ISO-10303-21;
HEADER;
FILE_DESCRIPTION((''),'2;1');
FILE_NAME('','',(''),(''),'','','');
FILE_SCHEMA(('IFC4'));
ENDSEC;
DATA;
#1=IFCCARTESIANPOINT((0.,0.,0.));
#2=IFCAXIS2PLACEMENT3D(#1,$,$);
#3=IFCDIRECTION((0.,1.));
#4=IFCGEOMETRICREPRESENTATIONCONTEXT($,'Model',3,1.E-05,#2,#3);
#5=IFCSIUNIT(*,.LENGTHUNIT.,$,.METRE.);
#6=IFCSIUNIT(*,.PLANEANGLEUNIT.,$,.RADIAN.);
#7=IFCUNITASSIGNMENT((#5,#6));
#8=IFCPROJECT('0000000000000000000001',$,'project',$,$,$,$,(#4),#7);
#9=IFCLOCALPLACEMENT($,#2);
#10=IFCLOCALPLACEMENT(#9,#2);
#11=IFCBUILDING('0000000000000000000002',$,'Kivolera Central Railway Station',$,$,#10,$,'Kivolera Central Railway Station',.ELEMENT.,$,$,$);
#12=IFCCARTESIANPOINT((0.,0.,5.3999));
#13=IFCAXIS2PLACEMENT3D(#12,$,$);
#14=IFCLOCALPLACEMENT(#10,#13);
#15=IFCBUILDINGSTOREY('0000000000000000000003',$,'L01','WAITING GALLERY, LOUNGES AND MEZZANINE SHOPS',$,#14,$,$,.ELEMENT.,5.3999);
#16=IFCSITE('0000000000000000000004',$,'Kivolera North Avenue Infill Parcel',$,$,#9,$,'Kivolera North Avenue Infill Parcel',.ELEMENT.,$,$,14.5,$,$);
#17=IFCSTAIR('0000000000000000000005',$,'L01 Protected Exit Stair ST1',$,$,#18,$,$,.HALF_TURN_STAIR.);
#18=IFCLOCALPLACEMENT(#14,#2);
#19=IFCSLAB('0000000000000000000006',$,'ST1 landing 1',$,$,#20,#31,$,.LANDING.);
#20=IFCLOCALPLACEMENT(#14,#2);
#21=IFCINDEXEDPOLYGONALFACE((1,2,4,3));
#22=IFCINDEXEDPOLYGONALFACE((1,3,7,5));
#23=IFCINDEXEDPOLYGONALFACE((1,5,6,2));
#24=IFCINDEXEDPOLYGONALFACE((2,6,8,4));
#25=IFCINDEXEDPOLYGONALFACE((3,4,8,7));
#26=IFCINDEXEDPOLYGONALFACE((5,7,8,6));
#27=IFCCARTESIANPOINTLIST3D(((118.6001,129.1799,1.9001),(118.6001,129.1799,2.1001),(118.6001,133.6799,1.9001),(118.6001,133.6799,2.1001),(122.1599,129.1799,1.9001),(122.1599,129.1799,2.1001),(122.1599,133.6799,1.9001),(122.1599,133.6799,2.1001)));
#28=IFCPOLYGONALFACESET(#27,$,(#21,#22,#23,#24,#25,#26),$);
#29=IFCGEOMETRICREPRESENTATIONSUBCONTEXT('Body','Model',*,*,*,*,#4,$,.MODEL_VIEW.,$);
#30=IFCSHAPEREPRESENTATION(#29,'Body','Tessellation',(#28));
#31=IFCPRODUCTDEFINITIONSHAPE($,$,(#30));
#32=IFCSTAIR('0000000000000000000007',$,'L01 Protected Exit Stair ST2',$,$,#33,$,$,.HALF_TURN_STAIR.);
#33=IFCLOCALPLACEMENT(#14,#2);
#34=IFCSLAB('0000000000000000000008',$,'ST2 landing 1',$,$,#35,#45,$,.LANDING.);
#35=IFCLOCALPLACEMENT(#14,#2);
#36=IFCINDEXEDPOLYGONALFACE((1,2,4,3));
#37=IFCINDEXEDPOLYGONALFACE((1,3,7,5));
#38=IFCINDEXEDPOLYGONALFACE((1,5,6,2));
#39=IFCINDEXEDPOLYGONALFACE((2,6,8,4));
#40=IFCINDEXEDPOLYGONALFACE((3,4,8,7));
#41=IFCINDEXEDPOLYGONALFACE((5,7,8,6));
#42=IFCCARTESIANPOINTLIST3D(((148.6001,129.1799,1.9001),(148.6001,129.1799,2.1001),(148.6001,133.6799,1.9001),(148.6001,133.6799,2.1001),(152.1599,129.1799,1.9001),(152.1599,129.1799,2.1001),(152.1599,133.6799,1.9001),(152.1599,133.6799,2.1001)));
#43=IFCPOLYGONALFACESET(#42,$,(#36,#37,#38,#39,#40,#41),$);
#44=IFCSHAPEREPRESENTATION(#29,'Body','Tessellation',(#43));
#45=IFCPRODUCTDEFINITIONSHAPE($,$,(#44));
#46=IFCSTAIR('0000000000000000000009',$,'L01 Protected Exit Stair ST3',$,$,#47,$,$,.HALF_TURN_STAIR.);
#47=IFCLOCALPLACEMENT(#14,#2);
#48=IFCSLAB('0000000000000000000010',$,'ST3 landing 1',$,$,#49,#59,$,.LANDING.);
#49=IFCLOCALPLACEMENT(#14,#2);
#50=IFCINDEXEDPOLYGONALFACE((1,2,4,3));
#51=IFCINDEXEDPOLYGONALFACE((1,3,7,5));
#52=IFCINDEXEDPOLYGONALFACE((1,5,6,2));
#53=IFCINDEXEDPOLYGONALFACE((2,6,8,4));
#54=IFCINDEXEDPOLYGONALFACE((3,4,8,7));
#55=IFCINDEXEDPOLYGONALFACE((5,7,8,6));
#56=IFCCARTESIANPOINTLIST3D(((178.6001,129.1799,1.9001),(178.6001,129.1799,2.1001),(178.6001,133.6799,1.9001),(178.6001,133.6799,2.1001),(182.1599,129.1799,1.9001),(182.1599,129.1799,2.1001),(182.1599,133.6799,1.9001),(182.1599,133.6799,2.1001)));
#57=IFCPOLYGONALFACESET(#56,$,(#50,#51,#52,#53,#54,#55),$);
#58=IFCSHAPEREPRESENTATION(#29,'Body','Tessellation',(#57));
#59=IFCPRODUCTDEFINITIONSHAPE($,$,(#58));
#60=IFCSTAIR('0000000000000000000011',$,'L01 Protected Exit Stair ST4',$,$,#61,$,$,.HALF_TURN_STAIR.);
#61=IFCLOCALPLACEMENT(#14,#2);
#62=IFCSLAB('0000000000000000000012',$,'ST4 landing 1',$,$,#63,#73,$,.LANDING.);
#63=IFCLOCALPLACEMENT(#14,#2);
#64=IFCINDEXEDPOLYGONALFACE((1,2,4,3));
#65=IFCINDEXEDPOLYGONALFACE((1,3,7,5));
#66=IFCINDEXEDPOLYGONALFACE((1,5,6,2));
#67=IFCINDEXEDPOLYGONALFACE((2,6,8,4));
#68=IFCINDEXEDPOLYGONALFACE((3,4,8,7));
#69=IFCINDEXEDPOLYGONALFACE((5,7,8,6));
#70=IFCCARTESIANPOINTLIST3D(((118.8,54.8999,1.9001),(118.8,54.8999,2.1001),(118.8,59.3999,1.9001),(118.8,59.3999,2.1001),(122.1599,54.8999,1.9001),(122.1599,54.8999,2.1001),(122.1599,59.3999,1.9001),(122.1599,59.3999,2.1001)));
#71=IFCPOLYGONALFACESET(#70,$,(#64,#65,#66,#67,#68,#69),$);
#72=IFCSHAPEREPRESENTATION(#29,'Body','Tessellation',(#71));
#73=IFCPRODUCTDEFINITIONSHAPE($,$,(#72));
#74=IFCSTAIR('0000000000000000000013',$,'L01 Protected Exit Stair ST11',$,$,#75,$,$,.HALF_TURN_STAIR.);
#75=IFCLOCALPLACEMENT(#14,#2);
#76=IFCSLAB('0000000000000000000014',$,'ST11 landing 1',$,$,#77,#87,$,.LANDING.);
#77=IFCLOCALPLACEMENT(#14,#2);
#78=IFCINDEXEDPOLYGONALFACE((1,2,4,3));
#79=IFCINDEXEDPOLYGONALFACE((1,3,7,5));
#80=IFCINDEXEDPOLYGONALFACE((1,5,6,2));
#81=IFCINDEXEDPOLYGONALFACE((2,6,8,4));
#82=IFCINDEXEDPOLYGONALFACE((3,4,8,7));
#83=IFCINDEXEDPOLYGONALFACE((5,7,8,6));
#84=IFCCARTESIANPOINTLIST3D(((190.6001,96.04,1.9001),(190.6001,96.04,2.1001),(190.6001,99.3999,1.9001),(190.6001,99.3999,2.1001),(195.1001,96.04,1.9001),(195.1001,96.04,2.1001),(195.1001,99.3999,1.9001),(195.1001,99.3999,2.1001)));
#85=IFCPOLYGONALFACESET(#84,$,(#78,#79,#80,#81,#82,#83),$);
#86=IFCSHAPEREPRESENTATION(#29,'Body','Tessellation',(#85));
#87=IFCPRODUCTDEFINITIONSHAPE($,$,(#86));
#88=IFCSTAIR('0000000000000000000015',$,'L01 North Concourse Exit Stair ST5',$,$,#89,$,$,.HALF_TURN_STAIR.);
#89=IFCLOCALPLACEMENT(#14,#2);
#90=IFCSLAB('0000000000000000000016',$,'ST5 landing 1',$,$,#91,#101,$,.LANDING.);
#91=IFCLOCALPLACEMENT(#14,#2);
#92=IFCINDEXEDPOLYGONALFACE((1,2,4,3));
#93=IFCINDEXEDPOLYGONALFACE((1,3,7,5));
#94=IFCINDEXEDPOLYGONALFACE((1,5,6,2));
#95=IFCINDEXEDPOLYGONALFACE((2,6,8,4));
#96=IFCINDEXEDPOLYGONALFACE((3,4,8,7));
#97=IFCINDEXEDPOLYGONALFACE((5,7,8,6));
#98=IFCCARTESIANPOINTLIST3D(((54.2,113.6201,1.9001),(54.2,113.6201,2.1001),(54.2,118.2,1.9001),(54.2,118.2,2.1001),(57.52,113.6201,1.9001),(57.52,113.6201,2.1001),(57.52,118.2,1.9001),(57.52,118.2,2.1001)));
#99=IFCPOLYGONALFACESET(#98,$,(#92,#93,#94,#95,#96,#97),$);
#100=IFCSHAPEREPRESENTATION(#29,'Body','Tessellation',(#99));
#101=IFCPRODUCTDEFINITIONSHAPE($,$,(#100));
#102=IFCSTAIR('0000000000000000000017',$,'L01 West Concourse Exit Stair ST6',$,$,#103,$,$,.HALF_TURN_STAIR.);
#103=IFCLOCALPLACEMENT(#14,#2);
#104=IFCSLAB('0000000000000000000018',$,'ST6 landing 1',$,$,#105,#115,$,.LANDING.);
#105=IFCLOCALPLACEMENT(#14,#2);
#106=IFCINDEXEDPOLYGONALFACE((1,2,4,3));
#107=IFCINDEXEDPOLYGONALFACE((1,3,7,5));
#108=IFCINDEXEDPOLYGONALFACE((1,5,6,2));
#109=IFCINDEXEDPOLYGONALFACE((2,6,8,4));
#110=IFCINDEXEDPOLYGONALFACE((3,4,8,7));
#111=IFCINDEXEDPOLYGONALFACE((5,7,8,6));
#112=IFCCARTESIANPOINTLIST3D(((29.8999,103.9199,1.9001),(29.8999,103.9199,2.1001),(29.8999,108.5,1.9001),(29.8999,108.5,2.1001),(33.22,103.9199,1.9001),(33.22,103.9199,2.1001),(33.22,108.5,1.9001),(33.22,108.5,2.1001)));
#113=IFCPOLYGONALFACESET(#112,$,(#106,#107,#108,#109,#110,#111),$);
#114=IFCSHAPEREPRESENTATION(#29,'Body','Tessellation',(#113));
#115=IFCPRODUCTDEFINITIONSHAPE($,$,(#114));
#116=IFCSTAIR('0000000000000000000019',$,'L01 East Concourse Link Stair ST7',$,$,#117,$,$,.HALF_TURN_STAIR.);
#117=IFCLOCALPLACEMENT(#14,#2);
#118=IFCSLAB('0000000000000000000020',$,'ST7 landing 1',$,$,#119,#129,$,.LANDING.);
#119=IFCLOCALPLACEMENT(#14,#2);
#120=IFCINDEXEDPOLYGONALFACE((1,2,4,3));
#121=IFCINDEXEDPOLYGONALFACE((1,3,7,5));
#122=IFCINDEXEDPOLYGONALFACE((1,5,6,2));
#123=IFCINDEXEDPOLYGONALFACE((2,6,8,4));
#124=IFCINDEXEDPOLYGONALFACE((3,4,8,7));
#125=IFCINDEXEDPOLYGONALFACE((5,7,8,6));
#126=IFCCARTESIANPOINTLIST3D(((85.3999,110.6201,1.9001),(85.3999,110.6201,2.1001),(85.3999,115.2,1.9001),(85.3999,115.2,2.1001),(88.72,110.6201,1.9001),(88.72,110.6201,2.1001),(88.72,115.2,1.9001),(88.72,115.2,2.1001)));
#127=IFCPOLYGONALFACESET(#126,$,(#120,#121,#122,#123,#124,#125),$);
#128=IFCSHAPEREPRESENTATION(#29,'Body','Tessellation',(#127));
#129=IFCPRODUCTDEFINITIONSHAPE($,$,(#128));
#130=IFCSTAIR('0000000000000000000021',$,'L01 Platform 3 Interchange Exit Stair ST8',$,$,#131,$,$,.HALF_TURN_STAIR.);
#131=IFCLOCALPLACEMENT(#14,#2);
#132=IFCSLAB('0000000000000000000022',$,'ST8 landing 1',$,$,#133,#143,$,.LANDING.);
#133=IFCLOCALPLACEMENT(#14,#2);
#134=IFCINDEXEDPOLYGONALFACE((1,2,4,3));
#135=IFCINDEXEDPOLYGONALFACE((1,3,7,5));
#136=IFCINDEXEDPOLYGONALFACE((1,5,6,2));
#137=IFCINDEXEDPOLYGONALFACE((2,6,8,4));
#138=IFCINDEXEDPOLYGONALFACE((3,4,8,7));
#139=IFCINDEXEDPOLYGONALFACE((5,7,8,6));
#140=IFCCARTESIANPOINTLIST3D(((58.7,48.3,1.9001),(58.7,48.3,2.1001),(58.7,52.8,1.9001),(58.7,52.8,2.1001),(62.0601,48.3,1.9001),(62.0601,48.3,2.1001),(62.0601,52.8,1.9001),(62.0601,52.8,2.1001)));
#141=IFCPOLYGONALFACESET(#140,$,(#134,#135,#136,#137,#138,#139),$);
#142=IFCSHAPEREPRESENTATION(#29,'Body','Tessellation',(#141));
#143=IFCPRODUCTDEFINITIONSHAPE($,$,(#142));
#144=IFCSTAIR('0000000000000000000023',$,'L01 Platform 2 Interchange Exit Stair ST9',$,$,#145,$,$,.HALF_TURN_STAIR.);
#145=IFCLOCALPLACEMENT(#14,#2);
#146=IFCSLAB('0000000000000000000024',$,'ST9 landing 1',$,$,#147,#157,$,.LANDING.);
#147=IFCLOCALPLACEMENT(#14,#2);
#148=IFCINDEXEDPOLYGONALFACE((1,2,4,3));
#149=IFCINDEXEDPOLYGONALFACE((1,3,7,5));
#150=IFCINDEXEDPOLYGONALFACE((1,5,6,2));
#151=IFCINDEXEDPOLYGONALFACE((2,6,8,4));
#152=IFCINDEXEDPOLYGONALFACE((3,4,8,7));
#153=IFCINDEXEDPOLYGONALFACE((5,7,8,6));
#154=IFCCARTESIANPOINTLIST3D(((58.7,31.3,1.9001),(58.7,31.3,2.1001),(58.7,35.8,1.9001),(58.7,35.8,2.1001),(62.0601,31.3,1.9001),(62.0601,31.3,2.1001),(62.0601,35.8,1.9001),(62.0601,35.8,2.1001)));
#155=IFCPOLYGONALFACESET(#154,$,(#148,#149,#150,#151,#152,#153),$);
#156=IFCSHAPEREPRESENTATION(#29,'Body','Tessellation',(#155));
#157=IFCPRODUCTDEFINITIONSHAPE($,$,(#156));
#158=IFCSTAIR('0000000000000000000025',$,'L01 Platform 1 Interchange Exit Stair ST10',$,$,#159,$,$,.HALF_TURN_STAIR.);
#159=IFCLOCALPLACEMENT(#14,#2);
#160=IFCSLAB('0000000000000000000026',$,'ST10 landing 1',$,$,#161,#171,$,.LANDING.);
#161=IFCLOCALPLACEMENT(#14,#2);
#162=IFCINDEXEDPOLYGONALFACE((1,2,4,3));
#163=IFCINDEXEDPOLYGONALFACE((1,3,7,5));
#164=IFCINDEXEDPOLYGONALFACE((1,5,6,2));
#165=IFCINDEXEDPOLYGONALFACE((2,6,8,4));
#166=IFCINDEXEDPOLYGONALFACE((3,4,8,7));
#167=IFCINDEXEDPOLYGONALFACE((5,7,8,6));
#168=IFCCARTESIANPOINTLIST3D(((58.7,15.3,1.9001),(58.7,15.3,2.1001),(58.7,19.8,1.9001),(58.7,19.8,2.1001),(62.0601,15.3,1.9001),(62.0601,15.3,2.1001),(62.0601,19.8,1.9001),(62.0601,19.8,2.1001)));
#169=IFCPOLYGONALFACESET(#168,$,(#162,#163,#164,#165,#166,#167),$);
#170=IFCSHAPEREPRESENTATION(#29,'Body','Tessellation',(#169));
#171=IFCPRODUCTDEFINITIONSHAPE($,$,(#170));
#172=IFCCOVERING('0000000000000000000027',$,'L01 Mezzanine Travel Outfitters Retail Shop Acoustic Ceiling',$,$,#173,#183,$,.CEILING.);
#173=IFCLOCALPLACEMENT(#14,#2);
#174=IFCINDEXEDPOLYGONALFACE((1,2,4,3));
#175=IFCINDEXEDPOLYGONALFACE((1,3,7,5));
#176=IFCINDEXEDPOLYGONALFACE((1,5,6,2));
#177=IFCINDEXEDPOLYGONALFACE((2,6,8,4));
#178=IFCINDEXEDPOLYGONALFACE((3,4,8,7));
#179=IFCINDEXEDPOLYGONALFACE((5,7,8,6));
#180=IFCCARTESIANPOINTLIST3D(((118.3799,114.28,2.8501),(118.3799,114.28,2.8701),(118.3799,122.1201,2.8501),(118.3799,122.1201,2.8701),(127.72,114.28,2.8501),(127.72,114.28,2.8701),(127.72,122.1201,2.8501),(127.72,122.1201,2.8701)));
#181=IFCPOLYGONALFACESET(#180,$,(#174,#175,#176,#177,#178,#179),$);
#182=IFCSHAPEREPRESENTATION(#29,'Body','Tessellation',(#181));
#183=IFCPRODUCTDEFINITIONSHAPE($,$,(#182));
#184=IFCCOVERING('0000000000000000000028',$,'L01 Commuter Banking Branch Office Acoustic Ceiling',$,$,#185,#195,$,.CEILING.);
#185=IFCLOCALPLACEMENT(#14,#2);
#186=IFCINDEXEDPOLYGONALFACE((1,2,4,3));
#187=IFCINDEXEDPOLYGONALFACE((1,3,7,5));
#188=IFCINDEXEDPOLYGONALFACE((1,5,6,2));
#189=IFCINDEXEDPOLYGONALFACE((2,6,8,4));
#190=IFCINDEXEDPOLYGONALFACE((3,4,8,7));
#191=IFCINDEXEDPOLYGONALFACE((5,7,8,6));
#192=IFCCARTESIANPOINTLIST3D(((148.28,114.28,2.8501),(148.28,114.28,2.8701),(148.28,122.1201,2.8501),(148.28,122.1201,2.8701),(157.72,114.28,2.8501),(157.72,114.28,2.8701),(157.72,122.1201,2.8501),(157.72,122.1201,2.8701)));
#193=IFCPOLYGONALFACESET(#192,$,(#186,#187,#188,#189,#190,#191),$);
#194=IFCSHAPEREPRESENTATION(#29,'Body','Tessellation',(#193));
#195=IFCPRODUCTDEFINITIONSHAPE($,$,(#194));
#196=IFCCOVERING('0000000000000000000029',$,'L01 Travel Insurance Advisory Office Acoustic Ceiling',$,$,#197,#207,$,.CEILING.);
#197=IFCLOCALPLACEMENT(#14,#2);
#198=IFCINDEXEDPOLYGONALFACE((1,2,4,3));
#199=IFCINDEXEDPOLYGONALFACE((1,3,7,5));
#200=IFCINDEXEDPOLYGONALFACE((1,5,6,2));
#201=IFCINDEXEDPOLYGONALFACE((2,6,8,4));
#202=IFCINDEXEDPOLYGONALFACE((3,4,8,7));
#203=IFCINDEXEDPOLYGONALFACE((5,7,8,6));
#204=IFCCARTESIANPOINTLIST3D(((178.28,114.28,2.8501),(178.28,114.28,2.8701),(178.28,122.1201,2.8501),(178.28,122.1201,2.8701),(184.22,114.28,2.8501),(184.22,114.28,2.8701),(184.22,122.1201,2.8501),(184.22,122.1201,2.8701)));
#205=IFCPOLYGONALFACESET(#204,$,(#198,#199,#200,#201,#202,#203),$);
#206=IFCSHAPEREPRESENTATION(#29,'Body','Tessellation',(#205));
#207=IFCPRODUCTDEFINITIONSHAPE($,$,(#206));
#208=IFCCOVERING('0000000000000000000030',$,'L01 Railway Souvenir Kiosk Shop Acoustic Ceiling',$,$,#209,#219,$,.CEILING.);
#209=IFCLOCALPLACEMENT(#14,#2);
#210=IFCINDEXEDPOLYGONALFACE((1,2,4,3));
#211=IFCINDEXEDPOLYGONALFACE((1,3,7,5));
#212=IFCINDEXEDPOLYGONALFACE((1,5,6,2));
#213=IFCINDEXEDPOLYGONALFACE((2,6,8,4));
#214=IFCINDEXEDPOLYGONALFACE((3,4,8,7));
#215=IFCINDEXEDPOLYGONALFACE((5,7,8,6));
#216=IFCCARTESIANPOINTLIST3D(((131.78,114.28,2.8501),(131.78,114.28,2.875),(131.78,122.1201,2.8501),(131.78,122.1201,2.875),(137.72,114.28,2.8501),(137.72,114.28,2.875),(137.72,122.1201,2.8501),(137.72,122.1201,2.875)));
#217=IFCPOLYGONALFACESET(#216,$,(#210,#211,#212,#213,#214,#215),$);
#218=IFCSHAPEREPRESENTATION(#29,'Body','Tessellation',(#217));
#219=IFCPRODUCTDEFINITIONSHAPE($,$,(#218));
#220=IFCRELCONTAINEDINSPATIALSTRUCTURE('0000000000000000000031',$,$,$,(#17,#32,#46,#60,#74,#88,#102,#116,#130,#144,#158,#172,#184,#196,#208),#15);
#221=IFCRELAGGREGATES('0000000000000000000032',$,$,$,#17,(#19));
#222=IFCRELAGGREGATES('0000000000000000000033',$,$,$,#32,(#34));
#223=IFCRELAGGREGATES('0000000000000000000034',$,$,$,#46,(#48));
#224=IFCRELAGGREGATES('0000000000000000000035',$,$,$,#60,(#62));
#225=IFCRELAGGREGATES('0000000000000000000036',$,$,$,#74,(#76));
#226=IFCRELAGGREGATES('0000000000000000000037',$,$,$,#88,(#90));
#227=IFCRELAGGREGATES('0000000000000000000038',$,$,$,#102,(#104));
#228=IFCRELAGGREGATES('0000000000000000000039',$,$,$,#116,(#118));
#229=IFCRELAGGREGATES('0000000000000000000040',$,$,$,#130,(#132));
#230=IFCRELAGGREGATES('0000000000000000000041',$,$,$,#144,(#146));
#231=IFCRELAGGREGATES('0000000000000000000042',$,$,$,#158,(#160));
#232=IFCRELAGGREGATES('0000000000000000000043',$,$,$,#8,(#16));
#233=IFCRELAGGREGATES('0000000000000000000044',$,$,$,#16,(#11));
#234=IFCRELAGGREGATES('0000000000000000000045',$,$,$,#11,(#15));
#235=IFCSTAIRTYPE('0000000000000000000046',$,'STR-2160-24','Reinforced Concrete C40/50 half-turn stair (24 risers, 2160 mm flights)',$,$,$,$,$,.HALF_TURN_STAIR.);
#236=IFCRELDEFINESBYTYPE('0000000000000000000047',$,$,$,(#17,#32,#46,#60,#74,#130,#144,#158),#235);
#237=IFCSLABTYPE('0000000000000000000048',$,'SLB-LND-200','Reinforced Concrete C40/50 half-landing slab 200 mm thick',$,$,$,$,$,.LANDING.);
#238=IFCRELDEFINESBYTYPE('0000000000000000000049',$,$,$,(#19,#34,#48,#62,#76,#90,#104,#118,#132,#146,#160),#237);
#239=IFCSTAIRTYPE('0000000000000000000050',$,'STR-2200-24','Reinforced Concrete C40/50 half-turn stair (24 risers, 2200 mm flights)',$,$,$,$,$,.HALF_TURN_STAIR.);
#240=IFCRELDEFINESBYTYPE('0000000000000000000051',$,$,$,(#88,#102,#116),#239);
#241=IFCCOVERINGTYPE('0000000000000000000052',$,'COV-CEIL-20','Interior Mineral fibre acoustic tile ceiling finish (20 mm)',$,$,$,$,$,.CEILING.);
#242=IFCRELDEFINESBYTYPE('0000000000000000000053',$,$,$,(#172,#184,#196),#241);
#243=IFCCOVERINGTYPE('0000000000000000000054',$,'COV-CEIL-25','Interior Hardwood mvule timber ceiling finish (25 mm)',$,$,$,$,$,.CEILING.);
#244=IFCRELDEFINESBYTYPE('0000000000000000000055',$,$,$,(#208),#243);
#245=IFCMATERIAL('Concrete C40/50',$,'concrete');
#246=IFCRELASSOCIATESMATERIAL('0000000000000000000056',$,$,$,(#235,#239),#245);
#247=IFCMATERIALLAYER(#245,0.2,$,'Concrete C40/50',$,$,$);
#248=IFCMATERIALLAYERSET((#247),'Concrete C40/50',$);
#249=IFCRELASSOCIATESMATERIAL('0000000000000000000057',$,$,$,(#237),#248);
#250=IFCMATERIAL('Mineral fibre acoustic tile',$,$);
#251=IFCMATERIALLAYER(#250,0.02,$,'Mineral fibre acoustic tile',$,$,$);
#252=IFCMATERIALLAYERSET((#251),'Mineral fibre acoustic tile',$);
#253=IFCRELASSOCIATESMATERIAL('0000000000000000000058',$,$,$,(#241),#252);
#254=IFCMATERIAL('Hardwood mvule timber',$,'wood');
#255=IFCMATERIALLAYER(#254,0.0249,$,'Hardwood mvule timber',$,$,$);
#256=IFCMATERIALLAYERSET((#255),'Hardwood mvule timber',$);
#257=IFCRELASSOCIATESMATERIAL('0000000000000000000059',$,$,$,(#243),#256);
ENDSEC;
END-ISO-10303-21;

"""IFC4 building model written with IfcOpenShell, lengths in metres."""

from ifc_helpers import new_model, si_unit, direction, frame, origin, place, context, subcontext, project, spatial, polyline, outline, extrude, material, layer, layer_set, type_object, element, aggregate, save


model = new_model("IFC4")

# Units and contexts
model_context = context("Model", 3, precision=1e-05, world=origin(), true_north=direction((0.0, 1.0)))
body_context = subcontext(model_context, "Body", "Model", "MODEL_VIEW")
ifc_project = project(units=[si_unit("LENGTHUNIT", "METRE"), si_unit("PLANEANGLEUNIT", "RADIAN")], contexts=[model_context])

# Site, building, storey
site_placement = place(None, origin())
site = spatial("IfcSite", under=ifc_project, at=site_placement, Name="Kivolera North Avenue Infill Parcel", LongName="Kivolera North Avenue Infill Parcel", CompositionType="ELEMENT", RefElevation=14.5)
building_placement = place(site_placement, origin())
building = spatial("IfcBuilding", under=site, at=building_placement, Name="Kivolera Central Railway Station", LongName="Kivolera Central Railway Station", CompositionType="ELEMENT")
storey_placement = place(building_placement, frame((0.0, 0.0, 5.3999)))
storey = spatial("IfcBuildingStorey", under=building, at=storey_placement, Name="L01", Description="WAITING GALLERY, LOUNGES AND MEZZANINE SHOPS", CompositionType="ELEMENT", Elevation=5.3999)

# Stairs, slabs
ifc_material_1 = material(Name="Concrete C40/50", Category="concrete")
stair_type_1 = type_object("IfcStairType", Name="STR-2160-24", Description="Reinforced Concrete C40/50 half-turn stair (24 risers, 2160 mm flights)", PredefinedType="HALF_TURN_STAIR", material=ifc_material_1)
stair_1_placement = place(storey_placement, origin())
stair_1 = element("IfcStair", 1, at=stair_1_placement, inside=storey, type_object=stair_type_1, Name="L01 Protected Exit Stair ST1", PredefinedType="HALF_TURN_STAIR")
ifc_layer_1 = layer(ifc_material_1, 0.2, Name="Concrete C40/50")
ifc_layer_set_1 = layer_set([ifc_layer_1], Name="Concrete C40/50")
slab_type = type_object("IfcSlabType", Name="SLB-LND-200", Description="Reinforced Concrete C40/50 half-landing slab 200 mm thick", PredefinedType="LANDING", material=ifc_layer_set_1)
slab_1_placement = place(storey_placement, frame((0.0, 0.0, 1.9001)))
slab_1 = element("IfcSlab", 2, at=slab_1_placement, type_object=slab_type, Name="ST1 landing 1", PredefinedType="LANDING", context=body_context, shape_type="SweptSolid", body=[
    extrude(outline(polyline([(122.1599, 133.6799), (118.6001, 133.6799), (118.6001, 129.1799), (122.1599, 129.1799), (122.1599, 133.6799)])), origin(), (0.0, 0.0, 1.0), 0.2),
])
aggregate(stair_1, [slab_1])
stair_2_placement = place(storey_placement, origin())
stair_2 = element("IfcStair", 3, at=stair_2_placement, inside=storey, type_object=stair_type_1, Name="L01 Protected Exit Stair ST2", PredefinedType="HALF_TURN_STAIR")
slab_2_placement = place(storey_placement, frame((0.0, 0.0, 1.9001)))
slab_2 = element("IfcSlab", 4, at=slab_2_placement, type_object=slab_type, Name="ST2 landing 1", PredefinedType="LANDING", context=body_context, shape_type="SweptSolid", body=[
    extrude(outline(polyline([(152.1599, 133.6799), (148.6001, 133.6799), (148.6001, 129.1799), (152.1599, 129.1799), (152.1599, 133.6799)])), origin(), (0.0, 0.0, 1.0), 0.2),
])
aggregate(stair_2, [slab_2])
stair_3_placement = place(storey_placement, origin())
stair_3 = element("IfcStair", 5, at=stair_3_placement, inside=storey, type_object=stair_type_1, Name="L01 Protected Exit Stair ST3", PredefinedType="HALF_TURN_STAIR")
slab_3_placement = place(storey_placement, frame((0.0, 0.0, 1.9001)))
slab_3 = element("IfcSlab", 6, at=slab_3_placement, type_object=slab_type, Name="ST3 landing 1", PredefinedType="LANDING", context=body_context, shape_type="SweptSolid", body=[
    extrude(outline(polyline([(182.1599, 133.6799), (178.6001, 133.6799), (178.6001, 129.1799), (182.1599, 129.1799), (182.1599, 133.6799)])), origin(), (0.0, 0.0, 1.0), 0.2),
])
aggregate(stair_3, [slab_3])
stair_4_placement = place(storey_placement, origin())
stair_4 = element("IfcStair", 7, at=stair_4_placement, inside=storey, type_object=stair_type_1, Name="L01 Protected Exit Stair ST4", PredefinedType="HALF_TURN_STAIR")
slab_4_placement = place(storey_placement, frame((0.0, 0.0, 1.9001)))
slab_4 = element("IfcSlab", 8, at=slab_4_placement, type_object=slab_type, Name="ST4 landing 1", PredefinedType="LANDING", context=body_context, shape_type="SweptSolid", body=[
    extrude(outline(polyline([(122.1599, 59.3999), (118.8, 59.3999), (118.8, 54.8999), (122.1599, 54.8999), (122.1599, 59.3999)])), origin(), (0.0, 0.0, 1.0), 0.2),
])
aggregate(stair_4, [slab_4])
stair_5_placement = place(storey_placement, origin())
stair_5 = element("IfcStair", 9, at=stair_5_placement, inside=storey, type_object=stair_type_1, Name="L01 Protected Exit Stair ST11", PredefinedType="HALF_TURN_STAIR")
slab_5_placement = place(storey_placement, frame((0.0, 0.0, 1.9001)))
slab_5 = element("IfcSlab", 10, at=slab_5_placement, type_object=slab_type, Name="ST11 landing 1", PredefinedType="LANDING", context=body_context, shape_type="SweptSolid", body=[
    extrude(outline(polyline([(195.1001, 96.04), (195.1001, 99.3999), (190.6001, 99.3999), (190.6001, 96.04), (195.1001, 96.04)])), origin(), (0.0, 0.0, 1.0), 0.2),
])
aggregate(stair_5, [slab_5])
stair_type_2 = type_object("IfcStairType", Name="STR-2200-24", Description="Reinforced Concrete C40/50 half-turn stair (24 risers, 2200 mm flights)", PredefinedType="HALF_TURN_STAIR", material=ifc_material_1)
stair_6_placement = place(storey_placement, origin())
stair_6 = element("IfcStair", 11, at=stair_6_placement, inside=storey, type_object=stair_type_2, Name="L01 North Concourse Exit Stair ST5", PredefinedType="HALF_TURN_STAIR")
slab_6_placement = place(storey_placement, frame((0.0, 0.0, 1.9001)))
slab_6 = element("IfcSlab", 12, at=slab_6_placement, type_object=slab_type, Name="ST5 landing 1", PredefinedType="LANDING", context=body_context, shape_type="SweptSolid", body=[
    extrude(outline(polyline([(57.52, 118.2), (54.2, 118.2), (54.2, 113.6201), (57.52, 113.6201), (57.52, 118.2)])), origin(), (0.0, 0.0, 1.0), 0.2),
])
aggregate(stair_6, [slab_6])
stair_7_placement = place(storey_placement, origin())
stair_7 = element("IfcStair", 13, at=stair_7_placement, inside=storey, type_object=stair_type_2, Name="L01 West Concourse Exit Stair ST6", PredefinedType="HALF_TURN_STAIR")
slab_7_placement = place(storey_placement, frame((0.0, 0.0, 1.9001)))
slab_7 = element("IfcSlab", 14, at=slab_7_placement, type_object=slab_type, Name="ST6 landing 1", PredefinedType="LANDING", context=body_context, shape_type="SweptSolid", body=[
    extrude(outline(polyline([(33.22, 108.5), (29.8999, 108.5), (29.8999, 103.9199), (33.22, 103.9199), (33.22, 108.5)])), origin(), (0.0, 0.0, 1.0), 0.2),
])
aggregate(stair_7, [slab_7])
stair_8_placement = place(storey_placement, origin())
stair_8 = element("IfcStair", 15, at=stair_8_placement, inside=storey, type_object=stair_type_2, Name="L01 East Concourse Link Stair ST7", PredefinedType="HALF_TURN_STAIR")
slab_8_placement = place(storey_placement, frame((0.0, 0.0, 1.9001)))
slab_8 = element("IfcSlab", 16, at=slab_8_placement, type_object=slab_type, Name="ST7 landing 1", PredefinedType="LANDING", context=body_context, shape_type="SweptSolid", body=[
    extrude(outline(polyline([(88.72, 115.2), (85.3999, 115.2), (85.3999, 110.6201), (88.72, 110.6201), (88.72, 115.2)])), origin(), (0.0, 0.0, 1.0), 0.2),
])
aggregate(stair_8, [slab_8])
stair_9_placement = place(storey_placement, origin())
stair_9 = element("IfcStair", 17, at=stair_9_placement, inside=storey, type_object=stair_type_1, Name="L01 Platform 3 Interchange Exit Stair ST8", PredefinedType="HALF_TURN_STAIR")
slab_9_placement = place(storey_placement, frame((0.0, 0.0, 1.9001)))
slab_9 = element("IfcSlab", 18, at=slab_9_placement, type_object=slab_type, Name="ST8 landing 1", PredefinedType="LANDING", context=body_context, shape_type="SweptSolid", body=[
    extrude(outline(polyline([(62.0601, 52.8), (58.7, 52.8), (58.7, 48.3), (62.0601, 48.3), (62.0601, 52.8)])), origin(), (0.0, 0.0, 1.0), 0.2),
])
aggregate(stair_9, [slab_9])
stair_10_placement = place(storey_placement, origin())
stair_10 = element("IfcStair", 19, at=stair_10_placement, inside=storey, type_object=stair_type_1, Name="L01 Platform 2 Interchange Exit Stair ST9", PredefinedType="HALF_TURN_STAIR")
slab_10_placement = place(storey_placement, frame((0.0, 0.0, 1.9001)))
slab_10 = element("IfcSlab", 20, at=slab_10_placement, type_object=slab_type, Name="ST9 landing 1", PredefinedType="LANDING", context=body_context, shape_type="SweptSolid", body=[
    extrude(outline(polyline([(62.0601, 35.8), (58.7, 35.8), (58.7, 31.3), (62.0601, 31.3), (62.0601, 35.8)])), origin(), (0.0, 0.0, 1.0), 0.2),
])
aggregate(stair_10, [slab_10])
stair_11_placement = place(storey_placement, origin())
stair_11 = element("IfcStair", 21, at=stair_11_placement, inside=storey, type_object=stair_type_1, Name="L01 Platform 1 Interchange Exit Stair ST10", PredefinedType="HALF_TURN_STAIR")
slab_11_placement = place(storey_placement, frame((0.0, 0.0, 1.9001)))
slab_11 = element("IfcSlab", 22, at=slab_11_placement, type_object=slab_type, Name="ST10 landing 1", PredefinedType="LANDING", context=body_context, shape_type="SweptSolid", body=[
    extrude(outline(polyline([(62.0601, 19.8), (58.7, 19.8), (58.7, 15.3), (62.0601, 15.3), (62.0601, 19.8)])), origin(), (0.0, 0.0, 1.0), 0.2),
])
aggregate(stair_11, [slab_11])

# Coverings
ifc_material_2 = material(Name="Mineral fibre acoustic tile")
ifc_layer_2 = layer(ifc_material_2, 0.02, Name="Mineral fibre acoustic tile")
ifc_layer_set_2 = layer_set([ifc_layer_2], Name="Mineral fibre acoustic tile")
covering_type_1 = type_object("IfcCoveringType", Name="COV-CEIL-20", Description="Interior Mineral fibre acoustic tile ceiling finish (20 mm)", PredefinedType="CEILING", material=ifc_layer_set_2)
covering_1_placement = place(storey_placement, frame((0.0, 0.0, 2.8501)))
element("IfcCovering", 23, at=covering_1_placement, inside=storey, type_object=covering_type_1, Name="L01 Mezzanine Travel Outfitters Retail Shop Acoustic Ceiling", PredefinedType="CEILING", context=body_context, shape_type="SweptSolid", body=[
    extrude(outline(polyline([(118.3799, 114.28), (127.72, 114.28), (127.72, 122.1201), (118.3799, 122.1201), (118.3799, 114.28)])), origin(), (0.0, 0.0, 1.0), 0.02),
])
covering_2_placement = place(storey_placement, frame((0.0, 0.0, 2.8501)))
element("IfcCovering", 24, at=covering_2_placement, inside=storey, type_object=covering_type_1, Name="L01 Commuter Banking Branch Office Acoustic Ceiling", PredefinedType="CEILING", context=body_context, shape_type="SweptSolid", body=[
    extrude(outline(polyline([(148.28, 114.28), (157.72, 114.28), (157.72, 122.1201), (148.28, 122.1201), (148.28, 114.28)])), origin(), (0.0, 0.0, 1.0), 0.02),
])
covering_3_placement = place(storey_placement, frame((0.0, 0.0, 2.8501)))
element("IfcCovering", 25, at=covering_3_placement, inside=storey, type_object=covering_type_1, Name="L01 Travel Insurance Advisory Office Acoustic Ceiling", PredefinedType="CEILING", context=body_context, shape_type="SweptSolid", body=[
    extrude(outline(polyline([(178.28, 114.28), (184.22, 114.28), (184.22, 122.1201), (178.28, 122.1201), (178.28, 114.28)])), origin(), (0.0, 0.0, 1.0), 0.02),
])
ifc_material_3 = material(Name="Hardwood mvule timber", Category="wood")
ifc_layer_3 = layer(ifc_material_3, 0.0249, Name="Hardwood mvule timber")
ifc_layer_set_3 = layer_set([ifc_layer_3], Name="Hardwood mvule timber")
covering_type_2 = type_object("IfcCoveringType", Name="COV-CEIL-25", Description="Interior Hardwood mvule timber ceiling finish (25 mm)", PredefinedType="CEILING", material=ifc_layer_set_3)
covering_4_placement = place(storey_placement, frame((0.0, 0.0, 2.8501)))
element("IfcCovering", 26, at=covering_4_placement, inside=storey, type_object=covering_type_2, Name="L01 Railway Souvenir Kiosk Shop Acoustic Ceiling", PredefinedType="CEILING", context=body_context, shape_type="SweptSolid", body=[
    extrude(outline(polyline([(131.78, 114.28), (137.72, 114.28), (137.72, 122.1201), (131.78, 122.1201), (131.78, 114.28)])), origin(), (0.0, 0.0, 1.0), 0.0249),
])

save(model, "model.ifc")
